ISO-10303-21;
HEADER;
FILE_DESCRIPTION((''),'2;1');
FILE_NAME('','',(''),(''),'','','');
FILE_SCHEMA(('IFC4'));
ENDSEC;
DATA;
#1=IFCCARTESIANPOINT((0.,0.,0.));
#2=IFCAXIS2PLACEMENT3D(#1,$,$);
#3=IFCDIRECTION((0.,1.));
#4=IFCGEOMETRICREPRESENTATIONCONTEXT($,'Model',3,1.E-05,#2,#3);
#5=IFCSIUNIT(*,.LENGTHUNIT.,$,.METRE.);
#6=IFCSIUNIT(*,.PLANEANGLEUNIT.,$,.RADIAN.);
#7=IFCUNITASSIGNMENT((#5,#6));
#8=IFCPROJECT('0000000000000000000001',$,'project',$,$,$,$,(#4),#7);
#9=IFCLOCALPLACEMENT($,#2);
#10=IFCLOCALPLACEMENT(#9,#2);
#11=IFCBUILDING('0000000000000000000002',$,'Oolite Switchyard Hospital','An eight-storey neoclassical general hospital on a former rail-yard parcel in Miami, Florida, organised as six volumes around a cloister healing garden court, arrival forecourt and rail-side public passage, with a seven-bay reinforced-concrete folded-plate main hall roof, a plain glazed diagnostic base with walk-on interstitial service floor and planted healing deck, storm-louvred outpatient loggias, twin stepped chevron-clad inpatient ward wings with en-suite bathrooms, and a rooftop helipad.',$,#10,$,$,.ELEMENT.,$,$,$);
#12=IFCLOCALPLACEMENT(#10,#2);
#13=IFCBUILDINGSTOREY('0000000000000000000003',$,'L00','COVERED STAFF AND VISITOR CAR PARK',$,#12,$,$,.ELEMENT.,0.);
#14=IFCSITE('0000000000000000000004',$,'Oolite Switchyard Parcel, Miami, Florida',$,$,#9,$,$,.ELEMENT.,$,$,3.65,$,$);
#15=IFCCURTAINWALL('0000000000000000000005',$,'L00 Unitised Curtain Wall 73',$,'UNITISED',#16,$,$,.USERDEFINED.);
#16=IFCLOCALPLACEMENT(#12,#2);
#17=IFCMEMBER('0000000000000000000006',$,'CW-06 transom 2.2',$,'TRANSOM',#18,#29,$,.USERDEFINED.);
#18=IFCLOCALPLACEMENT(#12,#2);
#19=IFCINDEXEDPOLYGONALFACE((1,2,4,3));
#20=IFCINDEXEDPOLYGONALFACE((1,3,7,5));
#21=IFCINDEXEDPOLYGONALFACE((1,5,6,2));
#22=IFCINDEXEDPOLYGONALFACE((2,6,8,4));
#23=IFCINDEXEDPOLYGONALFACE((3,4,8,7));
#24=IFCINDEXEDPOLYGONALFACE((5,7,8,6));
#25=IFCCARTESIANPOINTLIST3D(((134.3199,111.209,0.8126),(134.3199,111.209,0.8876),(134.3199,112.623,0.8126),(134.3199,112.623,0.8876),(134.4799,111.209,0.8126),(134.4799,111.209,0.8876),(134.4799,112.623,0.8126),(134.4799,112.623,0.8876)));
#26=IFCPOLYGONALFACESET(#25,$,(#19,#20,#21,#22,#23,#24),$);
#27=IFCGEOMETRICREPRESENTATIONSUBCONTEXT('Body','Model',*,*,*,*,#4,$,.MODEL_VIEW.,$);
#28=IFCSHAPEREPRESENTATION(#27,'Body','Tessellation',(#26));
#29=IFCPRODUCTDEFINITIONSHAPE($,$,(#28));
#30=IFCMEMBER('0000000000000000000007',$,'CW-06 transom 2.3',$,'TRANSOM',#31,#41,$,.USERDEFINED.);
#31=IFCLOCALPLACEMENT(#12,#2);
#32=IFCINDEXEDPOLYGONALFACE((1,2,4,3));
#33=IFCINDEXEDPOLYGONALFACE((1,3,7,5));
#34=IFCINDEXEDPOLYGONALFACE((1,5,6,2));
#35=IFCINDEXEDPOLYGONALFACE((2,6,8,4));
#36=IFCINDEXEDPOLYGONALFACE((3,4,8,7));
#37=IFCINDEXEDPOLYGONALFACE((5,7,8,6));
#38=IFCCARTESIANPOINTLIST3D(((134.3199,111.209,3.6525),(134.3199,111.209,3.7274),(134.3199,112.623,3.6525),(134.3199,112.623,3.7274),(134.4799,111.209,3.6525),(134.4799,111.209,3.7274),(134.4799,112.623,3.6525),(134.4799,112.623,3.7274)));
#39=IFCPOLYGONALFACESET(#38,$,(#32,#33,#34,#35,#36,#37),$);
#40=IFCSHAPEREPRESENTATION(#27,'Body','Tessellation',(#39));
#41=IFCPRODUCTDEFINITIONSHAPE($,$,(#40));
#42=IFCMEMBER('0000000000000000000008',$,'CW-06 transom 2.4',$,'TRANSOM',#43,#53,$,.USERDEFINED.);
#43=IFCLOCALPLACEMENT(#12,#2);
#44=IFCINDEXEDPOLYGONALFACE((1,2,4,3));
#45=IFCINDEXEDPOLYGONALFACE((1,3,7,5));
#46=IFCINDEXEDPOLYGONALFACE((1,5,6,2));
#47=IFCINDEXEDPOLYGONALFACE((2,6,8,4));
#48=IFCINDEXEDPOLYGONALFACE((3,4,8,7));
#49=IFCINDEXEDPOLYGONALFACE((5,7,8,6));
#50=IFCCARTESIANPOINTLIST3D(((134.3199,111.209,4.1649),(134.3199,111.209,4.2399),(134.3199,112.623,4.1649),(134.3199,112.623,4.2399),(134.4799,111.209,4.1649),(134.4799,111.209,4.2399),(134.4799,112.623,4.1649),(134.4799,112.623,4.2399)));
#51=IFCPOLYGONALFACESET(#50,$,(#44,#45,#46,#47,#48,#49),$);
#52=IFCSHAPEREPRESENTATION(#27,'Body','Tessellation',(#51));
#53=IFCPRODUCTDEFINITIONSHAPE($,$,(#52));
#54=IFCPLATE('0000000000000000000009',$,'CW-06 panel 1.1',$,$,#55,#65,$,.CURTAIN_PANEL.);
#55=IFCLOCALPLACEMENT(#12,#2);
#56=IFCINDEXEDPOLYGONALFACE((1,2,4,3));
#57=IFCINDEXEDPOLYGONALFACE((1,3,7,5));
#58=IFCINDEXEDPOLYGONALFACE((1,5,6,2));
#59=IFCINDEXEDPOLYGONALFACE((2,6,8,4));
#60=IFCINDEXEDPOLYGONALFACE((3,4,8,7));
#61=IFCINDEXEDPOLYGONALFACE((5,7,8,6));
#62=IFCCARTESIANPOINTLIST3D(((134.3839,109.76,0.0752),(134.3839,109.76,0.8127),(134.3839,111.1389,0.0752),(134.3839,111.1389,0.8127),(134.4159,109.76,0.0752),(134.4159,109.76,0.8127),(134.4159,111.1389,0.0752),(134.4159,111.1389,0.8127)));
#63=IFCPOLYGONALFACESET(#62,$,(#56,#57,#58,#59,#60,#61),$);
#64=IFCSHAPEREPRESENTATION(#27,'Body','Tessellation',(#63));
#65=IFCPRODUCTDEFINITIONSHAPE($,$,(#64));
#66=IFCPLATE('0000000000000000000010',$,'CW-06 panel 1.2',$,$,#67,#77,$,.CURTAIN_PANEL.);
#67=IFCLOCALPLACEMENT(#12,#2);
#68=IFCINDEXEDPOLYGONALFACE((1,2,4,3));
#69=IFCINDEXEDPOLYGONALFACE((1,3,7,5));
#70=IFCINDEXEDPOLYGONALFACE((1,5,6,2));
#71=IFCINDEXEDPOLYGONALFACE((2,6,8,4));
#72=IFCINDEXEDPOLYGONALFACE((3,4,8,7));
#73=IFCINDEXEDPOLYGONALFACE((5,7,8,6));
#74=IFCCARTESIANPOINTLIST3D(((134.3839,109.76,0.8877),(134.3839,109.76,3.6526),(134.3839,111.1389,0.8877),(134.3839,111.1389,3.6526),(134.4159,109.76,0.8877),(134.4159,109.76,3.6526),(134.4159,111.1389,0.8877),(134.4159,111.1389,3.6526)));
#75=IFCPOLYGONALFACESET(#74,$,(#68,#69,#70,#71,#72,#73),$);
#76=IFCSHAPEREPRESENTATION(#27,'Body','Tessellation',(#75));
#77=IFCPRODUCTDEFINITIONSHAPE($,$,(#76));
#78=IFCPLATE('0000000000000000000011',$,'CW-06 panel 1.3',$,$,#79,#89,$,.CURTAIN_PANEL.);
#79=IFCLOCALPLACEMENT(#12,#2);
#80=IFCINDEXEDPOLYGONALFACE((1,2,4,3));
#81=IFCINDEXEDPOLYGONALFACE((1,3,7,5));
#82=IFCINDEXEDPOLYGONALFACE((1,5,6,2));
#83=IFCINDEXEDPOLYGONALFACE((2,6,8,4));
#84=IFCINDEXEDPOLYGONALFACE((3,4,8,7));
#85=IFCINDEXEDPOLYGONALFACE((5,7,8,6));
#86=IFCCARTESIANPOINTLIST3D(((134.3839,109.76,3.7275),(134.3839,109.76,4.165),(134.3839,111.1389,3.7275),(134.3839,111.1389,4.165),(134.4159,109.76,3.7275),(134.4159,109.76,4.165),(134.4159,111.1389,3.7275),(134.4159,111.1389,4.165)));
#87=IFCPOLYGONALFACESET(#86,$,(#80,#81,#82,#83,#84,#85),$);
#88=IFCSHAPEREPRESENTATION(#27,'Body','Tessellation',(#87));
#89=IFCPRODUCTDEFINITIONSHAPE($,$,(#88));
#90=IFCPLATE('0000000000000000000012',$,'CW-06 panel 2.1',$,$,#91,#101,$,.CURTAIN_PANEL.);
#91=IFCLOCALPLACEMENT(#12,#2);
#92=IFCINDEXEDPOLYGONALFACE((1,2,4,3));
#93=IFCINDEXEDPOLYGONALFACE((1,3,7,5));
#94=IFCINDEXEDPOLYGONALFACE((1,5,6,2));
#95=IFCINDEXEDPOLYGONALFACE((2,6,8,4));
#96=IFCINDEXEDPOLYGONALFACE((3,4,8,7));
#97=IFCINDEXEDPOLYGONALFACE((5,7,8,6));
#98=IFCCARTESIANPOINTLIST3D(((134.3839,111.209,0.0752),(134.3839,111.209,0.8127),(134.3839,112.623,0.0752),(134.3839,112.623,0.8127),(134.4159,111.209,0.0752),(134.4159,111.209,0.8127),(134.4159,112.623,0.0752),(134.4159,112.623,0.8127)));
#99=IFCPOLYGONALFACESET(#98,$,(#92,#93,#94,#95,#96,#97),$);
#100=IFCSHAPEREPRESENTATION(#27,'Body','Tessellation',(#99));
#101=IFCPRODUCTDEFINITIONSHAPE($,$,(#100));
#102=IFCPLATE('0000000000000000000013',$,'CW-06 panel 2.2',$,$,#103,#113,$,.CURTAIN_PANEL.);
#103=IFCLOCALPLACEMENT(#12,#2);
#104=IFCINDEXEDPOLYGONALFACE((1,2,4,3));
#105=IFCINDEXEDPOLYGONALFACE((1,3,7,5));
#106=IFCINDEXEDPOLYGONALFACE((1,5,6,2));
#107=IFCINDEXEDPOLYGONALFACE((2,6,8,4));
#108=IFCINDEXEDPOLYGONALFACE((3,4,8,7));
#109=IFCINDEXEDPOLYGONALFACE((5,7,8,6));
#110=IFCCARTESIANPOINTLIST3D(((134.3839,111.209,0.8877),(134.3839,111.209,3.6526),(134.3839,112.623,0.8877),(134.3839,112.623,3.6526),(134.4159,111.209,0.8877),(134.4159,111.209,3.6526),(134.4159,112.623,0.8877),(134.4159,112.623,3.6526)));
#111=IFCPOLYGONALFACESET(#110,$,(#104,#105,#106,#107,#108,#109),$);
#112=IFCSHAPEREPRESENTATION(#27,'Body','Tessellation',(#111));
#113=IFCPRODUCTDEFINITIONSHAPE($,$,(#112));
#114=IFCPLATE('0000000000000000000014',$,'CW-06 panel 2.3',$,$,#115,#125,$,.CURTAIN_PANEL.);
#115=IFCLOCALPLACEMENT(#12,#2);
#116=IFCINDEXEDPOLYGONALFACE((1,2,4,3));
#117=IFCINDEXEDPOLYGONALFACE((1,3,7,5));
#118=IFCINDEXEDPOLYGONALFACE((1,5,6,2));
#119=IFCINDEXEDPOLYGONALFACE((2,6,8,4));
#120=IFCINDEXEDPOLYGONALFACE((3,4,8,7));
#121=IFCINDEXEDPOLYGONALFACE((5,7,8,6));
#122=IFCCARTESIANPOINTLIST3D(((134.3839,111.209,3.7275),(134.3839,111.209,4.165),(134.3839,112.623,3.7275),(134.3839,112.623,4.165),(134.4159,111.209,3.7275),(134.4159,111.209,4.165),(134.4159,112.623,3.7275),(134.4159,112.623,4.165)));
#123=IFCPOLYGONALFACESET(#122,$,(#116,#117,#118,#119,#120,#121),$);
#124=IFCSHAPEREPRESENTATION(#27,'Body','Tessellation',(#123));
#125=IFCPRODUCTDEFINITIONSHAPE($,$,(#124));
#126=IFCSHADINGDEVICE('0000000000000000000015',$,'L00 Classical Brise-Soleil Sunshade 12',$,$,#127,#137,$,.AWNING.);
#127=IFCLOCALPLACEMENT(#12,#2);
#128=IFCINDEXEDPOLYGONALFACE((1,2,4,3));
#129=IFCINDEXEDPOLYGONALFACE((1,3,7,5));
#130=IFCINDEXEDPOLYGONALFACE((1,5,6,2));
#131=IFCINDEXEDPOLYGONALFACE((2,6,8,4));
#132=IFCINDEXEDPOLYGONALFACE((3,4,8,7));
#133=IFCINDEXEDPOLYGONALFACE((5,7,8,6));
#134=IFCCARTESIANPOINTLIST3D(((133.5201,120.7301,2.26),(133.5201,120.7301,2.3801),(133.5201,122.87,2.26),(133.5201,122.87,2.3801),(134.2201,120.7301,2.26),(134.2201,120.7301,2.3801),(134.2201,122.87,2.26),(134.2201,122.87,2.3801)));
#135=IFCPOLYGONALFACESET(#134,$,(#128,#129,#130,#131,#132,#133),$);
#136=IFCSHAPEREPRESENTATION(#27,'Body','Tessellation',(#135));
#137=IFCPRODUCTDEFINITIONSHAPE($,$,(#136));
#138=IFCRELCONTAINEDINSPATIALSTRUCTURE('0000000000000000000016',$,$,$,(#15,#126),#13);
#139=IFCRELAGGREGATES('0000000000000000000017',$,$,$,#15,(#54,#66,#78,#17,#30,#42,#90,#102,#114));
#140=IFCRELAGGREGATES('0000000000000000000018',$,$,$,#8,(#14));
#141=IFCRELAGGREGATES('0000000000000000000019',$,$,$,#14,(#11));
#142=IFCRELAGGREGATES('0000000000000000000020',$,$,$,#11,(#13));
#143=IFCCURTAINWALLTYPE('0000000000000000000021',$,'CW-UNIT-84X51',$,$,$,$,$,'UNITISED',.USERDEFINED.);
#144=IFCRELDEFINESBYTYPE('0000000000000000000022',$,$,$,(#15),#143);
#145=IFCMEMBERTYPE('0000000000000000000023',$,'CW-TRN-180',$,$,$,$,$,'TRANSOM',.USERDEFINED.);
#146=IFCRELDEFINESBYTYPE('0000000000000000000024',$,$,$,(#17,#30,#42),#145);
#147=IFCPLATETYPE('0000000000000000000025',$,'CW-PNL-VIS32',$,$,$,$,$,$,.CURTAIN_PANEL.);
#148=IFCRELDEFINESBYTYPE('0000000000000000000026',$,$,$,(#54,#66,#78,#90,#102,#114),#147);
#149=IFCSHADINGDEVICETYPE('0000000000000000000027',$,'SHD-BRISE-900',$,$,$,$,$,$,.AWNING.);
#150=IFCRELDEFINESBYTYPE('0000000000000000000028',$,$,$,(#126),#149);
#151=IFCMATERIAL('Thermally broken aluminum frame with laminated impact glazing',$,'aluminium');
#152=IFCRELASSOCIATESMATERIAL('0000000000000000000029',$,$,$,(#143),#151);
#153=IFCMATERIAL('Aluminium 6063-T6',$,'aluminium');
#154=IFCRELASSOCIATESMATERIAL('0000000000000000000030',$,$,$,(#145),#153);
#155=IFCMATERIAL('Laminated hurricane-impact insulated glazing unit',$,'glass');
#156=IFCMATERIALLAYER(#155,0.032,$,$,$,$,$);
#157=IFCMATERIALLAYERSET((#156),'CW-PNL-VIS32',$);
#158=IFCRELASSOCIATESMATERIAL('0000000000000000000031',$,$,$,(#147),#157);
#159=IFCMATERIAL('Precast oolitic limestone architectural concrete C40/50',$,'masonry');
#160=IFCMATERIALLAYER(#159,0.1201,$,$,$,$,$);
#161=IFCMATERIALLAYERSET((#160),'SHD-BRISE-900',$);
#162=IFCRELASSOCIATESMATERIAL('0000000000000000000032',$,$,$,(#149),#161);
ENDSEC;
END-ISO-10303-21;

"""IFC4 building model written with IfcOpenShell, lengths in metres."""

from ifc_helpers import new_model, si_unit, direction, frame, origin, origin_2d, place, context, subcontext, project, spatial, rectangle, extrude, material, layer, layer_set, material_profile, profile_set, type_object, element, aggregate, save


model = new_model("IFC4")

# Units and contexts
model_context = context("Model", 3, precision=1e-05, world=origin(), true_north=direction((0.0, 1.0)))
body_context = subcontext(model_context, "Body", "Model", "MODEL_VIEW")
ifc_project = project(units=[si_unit("LENGTHUNIT", "METRE"), si_unit("PLANEANGLEUNIT", "RADIAN")], contexts=[model_context])

# Site, building, storey
site_placement = place(None, origin())
site = spatial("IfcSite", under=ifc_project, at=site_placement, Name="Oolite Switchyard Parcel, Miami, Florida", CompositionType="ELEMENT", RefElevation=3.65)
building_placement = place(site_placement, origin())
building = spatial("IfcBuilding", under=site, at=building_placement, Name="Oolite Switchyard Hospital", Description="An eight-storey neoclassical general hospital on a former rail-yard parcel in Miami, Florida, organised as six volumes around a cloister healing garden court, arrival forecourt and rail-side public passage, with a seven-bay reinforced-concrete folded-plate main hall roof, a plain glazed diagnostic base with walk-on interstitial service floor and planted healing deck, storm-louvred outpatient loggias, twin stepped chevron-clad inpatient ward wings with en-suite bathrooms, and a rooftop helipad.", CompositionType="ELEMENT")
storey_placement = place(building_placement, origin())
storey = spatial("IfcBuildingStorey", under=building, at=storey_placement, Name="L00", Description="COVERED STAFF AND VISITOR CAR PARK", CompositionType="ELEMENT", Elevation=0.0)

# Curtain wall, members, plates
ifc_material_1 = material(Name="Thermally broken aluminum frame with laminated impact glazing", Category="aluminium")
curtain_wall_type = type_object("IfcCurtainWallType", Name="CW-UNIT-84X51", ElementType="UNITISED", PredefinedType="USERDEFINED", material=ifc_material_1)
curtain_wall_placement = place(storey_placement, origin())
curtain_wall = element("IfcCurtainWall", 1, at=curtain_wall_placement, inside=storey, type_object=curtain_wall_type, Name="L00 Unitised Curtain Wall 73", ObjectType="UNITISED", PredefinedType="USERDEFINED")
ifc_material_2 = material(Name="Aluminium 6063-T6", Category="aluminium")
ifc_material_profile_1 = material_profile(ifc_material_2, rectangle(XDim=0.1599, YDim=0.075, at=origin_2d()), Name="CWT75X160")
ifc_profile_set_1 = profile_set([ifc_material_profile_1], Name="Aluminium 6063-T6")
member_type_1 = type_object("IfcMemberType", Name="CW-TRN-180", ElementType="TRANSOM", PredefinedType="USERDEFINED", material=ifc_profile_set_1)
member_1_placement = place(storey_placement, frame((134.3999, 111.209, 0.8501), z_axis=(0.0, 1.0, 0.0), x_axis=(-1.0, 0.0, 0.0)))
member_1 = element("IfcMember", 2, at=member_1_placement, type_object=member_type_1, Name="CW-06 transom 2.2", ObjectType="TRANSOM", PredefinedType="USERDEFINED", context=body_context, shape_type="SweptSolid", body=[
    extrude(rectangle(XDim=0.1599, YDim=0.075, at=origin_2d()), origin(), (0.0, 0.0, 1.0), 1.4141),
])
member_2_placement = place(storey_placement, frame((134.3999, 111.209, 3.6899), z_axis=(0.0, 1.0, 0.0), x_axis=(-1.0, 0.0, 0.0)))
member_2 = element("IfcMember", 3, at=member_2_placement, type_object=member_type_1, Name="CW-06 transom 2.3", ObjectType="TRANSOM", PredefinedType="USERDEFINED", context=body_context, shape_type="SweptSolid", body=[
    extrude(rectangle(XDim=0.1599, YDim=0.075, at=origin_2d()), origin(), (0.0, 0.0, 1.0), 1.4141),
])
member_3_placement = place(storey_placement, frame((134.3999, 111.209, 4.2024), z_axis=(0.0, 1.0, 0.0), x_axis=(-1.0, 0.0, 0.0)))
member_3 = element("IfcMember", 4, at=member_3_placement, type_object=member_type_1, Name="CW-06 transom 2.4", ObjectType="TRANSOM", PredefinedType="USERDEFINED", context=body_context, shape_type="SweptSolid", body=[
    extrude(rectangle(XDim=0.1599, YDim=0.075, at=origin_2d()), origin(), (0.0, 0.0, 1.0), 1.4141),
])
ifc_material_3 = material(Name="Laminated hurricane-impact insulated glazing unit", Category="glass")
ifc_layer_1 = layer(ifc_material_3, 0.032)
ifc_layer_set_1 = layer_set([ifc_layer_1], Name="CW-PNL-VIS32")
plate_type = type_object("IfcPlateType", Name="CW-PNL-VIS32", PredefinedType="CURTAIN_PANEL", material=ifc_layer_set_1)
plate_1_placement = place(storey_placement, frame((134.3999, 110.4495, 0.0752), z_axis=(0.0, 0.0, 1.0), x_axis=(0.0, 1.0, 0.0)))
plate_1 = element("IfcPlate", 5, at=plate_1_placement, type_object=plate_type, Name="CW-06 panel 1.1", PredefinedType="CURTAIN_PANEL", context=body_context, shape_type="SweptSolid", body=[
    extrude(rectangle(XDim=1.3789, YDim=0.032, at=origin_2d()), origin(), (0.0, 0.0, 1.0), 0.7375),
])
plate_2_placement = place(storey_placement, frame((134.3999, 110.4495, 0.8877), z_axis=(0.0, 0.0, 1.0), x_axis=(0.0, 1.0, 0.0)))
plate_2 = element("IfcPlate", 6, at=plate_2_placement, type_object=plate_type, Name="CW-06 panel 1.2", PredefinedType="CURTAIN_PANEL", context=body_context, shape_type="SweptSolid", body=[
    extrude(rectangle(XDim=1.3789, YDim=0.032, at=origin_2d()), origin(), (0.0, 0.0, 1.0), 2.7649),
])
plate_3_placement = place(storey_placement, frame((134.3999, 110.4495, 3.7275), z_axis=(0.0, 0.0, 1.0), x_axis=(0.0, 1.0, 0.0)))
plate_3 = element("IfcPlate", 7, at=plate_3_placement, type_object=plate_type, Name="CW-06 panel 1.3", PredefinedType="CURTAIN_PANEL", context=body_context, shape_type="SweptSolid", body=[
    extrude(rectangle(XDim=1.3789, YDim=0.032, at=origin_2d()), origin(), (0.0, 0.0, 1.0), 0.4375),
])
plate_4_placement = place(storey_placement, frame((134.3999, 111.916, 0.0752), z_axis=(0.0, 0.0, 1.0), x_axis=(0.0, 1.0, 0.0)))
plate_4 = element("IfcPlate", 8, at=plate_4_placement, type_object=plate_type, Name="CW-06 panel 2.1", PredefinedType="CURTAIN_PANEL", context=body_context, shape_type="SweptSolid", body=[
    extrude(rectangle(XDim=1.4141, YDim=0.032, at=origin_2d()), origin(), (0.0, 0.0, 1.0), 0.7375),
])
plate_5_placement = place(storey_placement, frame((134.3999, 111.916, 0.8877), z_axis=(0.0, 0.0, 1.0), x_axis=(0.0, 1.0, 0.0)))
plate_5 = element("IfcPlate", 9, at=plate_5_placement, type_object=plate_type, Name="CW-06 panel 2.2", PredefinedType="CURTAIN_PANEL", context=body_context, shape_type="SweptSolid", body=[
    extrude(rectangle(XDim=1.4141, YDim=0.032, at=origin_2d()), origin(), (0.0, 0.0, 1.0), 2.7649),
])
plate_6_placement = place(storey_placement, frame((134.3999, 111.916, 3.7275), z_axis=(0.0, 0.0, 1.0), x_axis=(0.0, 1.0, 0.0)))
plate_6 = element("IfcPlate", 10, at=plate_6_placement, type_object=plate_type, Name="CW-06 panel 2.3", PredefinedType="CURTAIN_PANEL", context=body_context, shape_type="SweptSolid", body=[
    extrude(rectangle(XDim=1.4141, YDim=0.032, at=origin_2d()), origin(), (0.0, 0.0, 1.0), 0.4375),
])
aggregate(curtain_wall, [plate_1, plate_2, plate_3, member_1, member_2, member_3, plate_4, plate_5, plate_6])

# Shading device
ifc_material_4 = material(Name="Precast oolitic limestone architectural concrete C40/50", Category="masonry")
ifc_layer_2 = layer(ifc_material_4, 0.1201)
ifc_layer_set_2 = layer_set([ifc_layer_2], Name="SHD-BRISE-900")
shading_device_type = type_object("IfcShadingDeviceType", Name="SHD-BRISE-900", PredefinedType="AWNING", material=ifc_layer_set_2)
shading_device_placement = place(storey_placement, frame((133.8701, 121.8, 2.26), z_axis=(0.0, 0.0, 1.0), x_axis=(0.0, 1.0, 0.0)))
element("IfcShadingDevice", 11, at=shading_device_placement, inside=storey, type_object=shading_device_type, Name="L00 Classical Brise-Soleil Sunshade 12", PredefinedType="AWNING", context=body_context, shape_type="SweptSolid", body=[
    extrude(rectangle(XDim=2.1399, YDim=0.7, at=origin_2d()), origin(), (0.0, 0.0, 1.0), 0.1201),
])

save(model, "model.ifc")
